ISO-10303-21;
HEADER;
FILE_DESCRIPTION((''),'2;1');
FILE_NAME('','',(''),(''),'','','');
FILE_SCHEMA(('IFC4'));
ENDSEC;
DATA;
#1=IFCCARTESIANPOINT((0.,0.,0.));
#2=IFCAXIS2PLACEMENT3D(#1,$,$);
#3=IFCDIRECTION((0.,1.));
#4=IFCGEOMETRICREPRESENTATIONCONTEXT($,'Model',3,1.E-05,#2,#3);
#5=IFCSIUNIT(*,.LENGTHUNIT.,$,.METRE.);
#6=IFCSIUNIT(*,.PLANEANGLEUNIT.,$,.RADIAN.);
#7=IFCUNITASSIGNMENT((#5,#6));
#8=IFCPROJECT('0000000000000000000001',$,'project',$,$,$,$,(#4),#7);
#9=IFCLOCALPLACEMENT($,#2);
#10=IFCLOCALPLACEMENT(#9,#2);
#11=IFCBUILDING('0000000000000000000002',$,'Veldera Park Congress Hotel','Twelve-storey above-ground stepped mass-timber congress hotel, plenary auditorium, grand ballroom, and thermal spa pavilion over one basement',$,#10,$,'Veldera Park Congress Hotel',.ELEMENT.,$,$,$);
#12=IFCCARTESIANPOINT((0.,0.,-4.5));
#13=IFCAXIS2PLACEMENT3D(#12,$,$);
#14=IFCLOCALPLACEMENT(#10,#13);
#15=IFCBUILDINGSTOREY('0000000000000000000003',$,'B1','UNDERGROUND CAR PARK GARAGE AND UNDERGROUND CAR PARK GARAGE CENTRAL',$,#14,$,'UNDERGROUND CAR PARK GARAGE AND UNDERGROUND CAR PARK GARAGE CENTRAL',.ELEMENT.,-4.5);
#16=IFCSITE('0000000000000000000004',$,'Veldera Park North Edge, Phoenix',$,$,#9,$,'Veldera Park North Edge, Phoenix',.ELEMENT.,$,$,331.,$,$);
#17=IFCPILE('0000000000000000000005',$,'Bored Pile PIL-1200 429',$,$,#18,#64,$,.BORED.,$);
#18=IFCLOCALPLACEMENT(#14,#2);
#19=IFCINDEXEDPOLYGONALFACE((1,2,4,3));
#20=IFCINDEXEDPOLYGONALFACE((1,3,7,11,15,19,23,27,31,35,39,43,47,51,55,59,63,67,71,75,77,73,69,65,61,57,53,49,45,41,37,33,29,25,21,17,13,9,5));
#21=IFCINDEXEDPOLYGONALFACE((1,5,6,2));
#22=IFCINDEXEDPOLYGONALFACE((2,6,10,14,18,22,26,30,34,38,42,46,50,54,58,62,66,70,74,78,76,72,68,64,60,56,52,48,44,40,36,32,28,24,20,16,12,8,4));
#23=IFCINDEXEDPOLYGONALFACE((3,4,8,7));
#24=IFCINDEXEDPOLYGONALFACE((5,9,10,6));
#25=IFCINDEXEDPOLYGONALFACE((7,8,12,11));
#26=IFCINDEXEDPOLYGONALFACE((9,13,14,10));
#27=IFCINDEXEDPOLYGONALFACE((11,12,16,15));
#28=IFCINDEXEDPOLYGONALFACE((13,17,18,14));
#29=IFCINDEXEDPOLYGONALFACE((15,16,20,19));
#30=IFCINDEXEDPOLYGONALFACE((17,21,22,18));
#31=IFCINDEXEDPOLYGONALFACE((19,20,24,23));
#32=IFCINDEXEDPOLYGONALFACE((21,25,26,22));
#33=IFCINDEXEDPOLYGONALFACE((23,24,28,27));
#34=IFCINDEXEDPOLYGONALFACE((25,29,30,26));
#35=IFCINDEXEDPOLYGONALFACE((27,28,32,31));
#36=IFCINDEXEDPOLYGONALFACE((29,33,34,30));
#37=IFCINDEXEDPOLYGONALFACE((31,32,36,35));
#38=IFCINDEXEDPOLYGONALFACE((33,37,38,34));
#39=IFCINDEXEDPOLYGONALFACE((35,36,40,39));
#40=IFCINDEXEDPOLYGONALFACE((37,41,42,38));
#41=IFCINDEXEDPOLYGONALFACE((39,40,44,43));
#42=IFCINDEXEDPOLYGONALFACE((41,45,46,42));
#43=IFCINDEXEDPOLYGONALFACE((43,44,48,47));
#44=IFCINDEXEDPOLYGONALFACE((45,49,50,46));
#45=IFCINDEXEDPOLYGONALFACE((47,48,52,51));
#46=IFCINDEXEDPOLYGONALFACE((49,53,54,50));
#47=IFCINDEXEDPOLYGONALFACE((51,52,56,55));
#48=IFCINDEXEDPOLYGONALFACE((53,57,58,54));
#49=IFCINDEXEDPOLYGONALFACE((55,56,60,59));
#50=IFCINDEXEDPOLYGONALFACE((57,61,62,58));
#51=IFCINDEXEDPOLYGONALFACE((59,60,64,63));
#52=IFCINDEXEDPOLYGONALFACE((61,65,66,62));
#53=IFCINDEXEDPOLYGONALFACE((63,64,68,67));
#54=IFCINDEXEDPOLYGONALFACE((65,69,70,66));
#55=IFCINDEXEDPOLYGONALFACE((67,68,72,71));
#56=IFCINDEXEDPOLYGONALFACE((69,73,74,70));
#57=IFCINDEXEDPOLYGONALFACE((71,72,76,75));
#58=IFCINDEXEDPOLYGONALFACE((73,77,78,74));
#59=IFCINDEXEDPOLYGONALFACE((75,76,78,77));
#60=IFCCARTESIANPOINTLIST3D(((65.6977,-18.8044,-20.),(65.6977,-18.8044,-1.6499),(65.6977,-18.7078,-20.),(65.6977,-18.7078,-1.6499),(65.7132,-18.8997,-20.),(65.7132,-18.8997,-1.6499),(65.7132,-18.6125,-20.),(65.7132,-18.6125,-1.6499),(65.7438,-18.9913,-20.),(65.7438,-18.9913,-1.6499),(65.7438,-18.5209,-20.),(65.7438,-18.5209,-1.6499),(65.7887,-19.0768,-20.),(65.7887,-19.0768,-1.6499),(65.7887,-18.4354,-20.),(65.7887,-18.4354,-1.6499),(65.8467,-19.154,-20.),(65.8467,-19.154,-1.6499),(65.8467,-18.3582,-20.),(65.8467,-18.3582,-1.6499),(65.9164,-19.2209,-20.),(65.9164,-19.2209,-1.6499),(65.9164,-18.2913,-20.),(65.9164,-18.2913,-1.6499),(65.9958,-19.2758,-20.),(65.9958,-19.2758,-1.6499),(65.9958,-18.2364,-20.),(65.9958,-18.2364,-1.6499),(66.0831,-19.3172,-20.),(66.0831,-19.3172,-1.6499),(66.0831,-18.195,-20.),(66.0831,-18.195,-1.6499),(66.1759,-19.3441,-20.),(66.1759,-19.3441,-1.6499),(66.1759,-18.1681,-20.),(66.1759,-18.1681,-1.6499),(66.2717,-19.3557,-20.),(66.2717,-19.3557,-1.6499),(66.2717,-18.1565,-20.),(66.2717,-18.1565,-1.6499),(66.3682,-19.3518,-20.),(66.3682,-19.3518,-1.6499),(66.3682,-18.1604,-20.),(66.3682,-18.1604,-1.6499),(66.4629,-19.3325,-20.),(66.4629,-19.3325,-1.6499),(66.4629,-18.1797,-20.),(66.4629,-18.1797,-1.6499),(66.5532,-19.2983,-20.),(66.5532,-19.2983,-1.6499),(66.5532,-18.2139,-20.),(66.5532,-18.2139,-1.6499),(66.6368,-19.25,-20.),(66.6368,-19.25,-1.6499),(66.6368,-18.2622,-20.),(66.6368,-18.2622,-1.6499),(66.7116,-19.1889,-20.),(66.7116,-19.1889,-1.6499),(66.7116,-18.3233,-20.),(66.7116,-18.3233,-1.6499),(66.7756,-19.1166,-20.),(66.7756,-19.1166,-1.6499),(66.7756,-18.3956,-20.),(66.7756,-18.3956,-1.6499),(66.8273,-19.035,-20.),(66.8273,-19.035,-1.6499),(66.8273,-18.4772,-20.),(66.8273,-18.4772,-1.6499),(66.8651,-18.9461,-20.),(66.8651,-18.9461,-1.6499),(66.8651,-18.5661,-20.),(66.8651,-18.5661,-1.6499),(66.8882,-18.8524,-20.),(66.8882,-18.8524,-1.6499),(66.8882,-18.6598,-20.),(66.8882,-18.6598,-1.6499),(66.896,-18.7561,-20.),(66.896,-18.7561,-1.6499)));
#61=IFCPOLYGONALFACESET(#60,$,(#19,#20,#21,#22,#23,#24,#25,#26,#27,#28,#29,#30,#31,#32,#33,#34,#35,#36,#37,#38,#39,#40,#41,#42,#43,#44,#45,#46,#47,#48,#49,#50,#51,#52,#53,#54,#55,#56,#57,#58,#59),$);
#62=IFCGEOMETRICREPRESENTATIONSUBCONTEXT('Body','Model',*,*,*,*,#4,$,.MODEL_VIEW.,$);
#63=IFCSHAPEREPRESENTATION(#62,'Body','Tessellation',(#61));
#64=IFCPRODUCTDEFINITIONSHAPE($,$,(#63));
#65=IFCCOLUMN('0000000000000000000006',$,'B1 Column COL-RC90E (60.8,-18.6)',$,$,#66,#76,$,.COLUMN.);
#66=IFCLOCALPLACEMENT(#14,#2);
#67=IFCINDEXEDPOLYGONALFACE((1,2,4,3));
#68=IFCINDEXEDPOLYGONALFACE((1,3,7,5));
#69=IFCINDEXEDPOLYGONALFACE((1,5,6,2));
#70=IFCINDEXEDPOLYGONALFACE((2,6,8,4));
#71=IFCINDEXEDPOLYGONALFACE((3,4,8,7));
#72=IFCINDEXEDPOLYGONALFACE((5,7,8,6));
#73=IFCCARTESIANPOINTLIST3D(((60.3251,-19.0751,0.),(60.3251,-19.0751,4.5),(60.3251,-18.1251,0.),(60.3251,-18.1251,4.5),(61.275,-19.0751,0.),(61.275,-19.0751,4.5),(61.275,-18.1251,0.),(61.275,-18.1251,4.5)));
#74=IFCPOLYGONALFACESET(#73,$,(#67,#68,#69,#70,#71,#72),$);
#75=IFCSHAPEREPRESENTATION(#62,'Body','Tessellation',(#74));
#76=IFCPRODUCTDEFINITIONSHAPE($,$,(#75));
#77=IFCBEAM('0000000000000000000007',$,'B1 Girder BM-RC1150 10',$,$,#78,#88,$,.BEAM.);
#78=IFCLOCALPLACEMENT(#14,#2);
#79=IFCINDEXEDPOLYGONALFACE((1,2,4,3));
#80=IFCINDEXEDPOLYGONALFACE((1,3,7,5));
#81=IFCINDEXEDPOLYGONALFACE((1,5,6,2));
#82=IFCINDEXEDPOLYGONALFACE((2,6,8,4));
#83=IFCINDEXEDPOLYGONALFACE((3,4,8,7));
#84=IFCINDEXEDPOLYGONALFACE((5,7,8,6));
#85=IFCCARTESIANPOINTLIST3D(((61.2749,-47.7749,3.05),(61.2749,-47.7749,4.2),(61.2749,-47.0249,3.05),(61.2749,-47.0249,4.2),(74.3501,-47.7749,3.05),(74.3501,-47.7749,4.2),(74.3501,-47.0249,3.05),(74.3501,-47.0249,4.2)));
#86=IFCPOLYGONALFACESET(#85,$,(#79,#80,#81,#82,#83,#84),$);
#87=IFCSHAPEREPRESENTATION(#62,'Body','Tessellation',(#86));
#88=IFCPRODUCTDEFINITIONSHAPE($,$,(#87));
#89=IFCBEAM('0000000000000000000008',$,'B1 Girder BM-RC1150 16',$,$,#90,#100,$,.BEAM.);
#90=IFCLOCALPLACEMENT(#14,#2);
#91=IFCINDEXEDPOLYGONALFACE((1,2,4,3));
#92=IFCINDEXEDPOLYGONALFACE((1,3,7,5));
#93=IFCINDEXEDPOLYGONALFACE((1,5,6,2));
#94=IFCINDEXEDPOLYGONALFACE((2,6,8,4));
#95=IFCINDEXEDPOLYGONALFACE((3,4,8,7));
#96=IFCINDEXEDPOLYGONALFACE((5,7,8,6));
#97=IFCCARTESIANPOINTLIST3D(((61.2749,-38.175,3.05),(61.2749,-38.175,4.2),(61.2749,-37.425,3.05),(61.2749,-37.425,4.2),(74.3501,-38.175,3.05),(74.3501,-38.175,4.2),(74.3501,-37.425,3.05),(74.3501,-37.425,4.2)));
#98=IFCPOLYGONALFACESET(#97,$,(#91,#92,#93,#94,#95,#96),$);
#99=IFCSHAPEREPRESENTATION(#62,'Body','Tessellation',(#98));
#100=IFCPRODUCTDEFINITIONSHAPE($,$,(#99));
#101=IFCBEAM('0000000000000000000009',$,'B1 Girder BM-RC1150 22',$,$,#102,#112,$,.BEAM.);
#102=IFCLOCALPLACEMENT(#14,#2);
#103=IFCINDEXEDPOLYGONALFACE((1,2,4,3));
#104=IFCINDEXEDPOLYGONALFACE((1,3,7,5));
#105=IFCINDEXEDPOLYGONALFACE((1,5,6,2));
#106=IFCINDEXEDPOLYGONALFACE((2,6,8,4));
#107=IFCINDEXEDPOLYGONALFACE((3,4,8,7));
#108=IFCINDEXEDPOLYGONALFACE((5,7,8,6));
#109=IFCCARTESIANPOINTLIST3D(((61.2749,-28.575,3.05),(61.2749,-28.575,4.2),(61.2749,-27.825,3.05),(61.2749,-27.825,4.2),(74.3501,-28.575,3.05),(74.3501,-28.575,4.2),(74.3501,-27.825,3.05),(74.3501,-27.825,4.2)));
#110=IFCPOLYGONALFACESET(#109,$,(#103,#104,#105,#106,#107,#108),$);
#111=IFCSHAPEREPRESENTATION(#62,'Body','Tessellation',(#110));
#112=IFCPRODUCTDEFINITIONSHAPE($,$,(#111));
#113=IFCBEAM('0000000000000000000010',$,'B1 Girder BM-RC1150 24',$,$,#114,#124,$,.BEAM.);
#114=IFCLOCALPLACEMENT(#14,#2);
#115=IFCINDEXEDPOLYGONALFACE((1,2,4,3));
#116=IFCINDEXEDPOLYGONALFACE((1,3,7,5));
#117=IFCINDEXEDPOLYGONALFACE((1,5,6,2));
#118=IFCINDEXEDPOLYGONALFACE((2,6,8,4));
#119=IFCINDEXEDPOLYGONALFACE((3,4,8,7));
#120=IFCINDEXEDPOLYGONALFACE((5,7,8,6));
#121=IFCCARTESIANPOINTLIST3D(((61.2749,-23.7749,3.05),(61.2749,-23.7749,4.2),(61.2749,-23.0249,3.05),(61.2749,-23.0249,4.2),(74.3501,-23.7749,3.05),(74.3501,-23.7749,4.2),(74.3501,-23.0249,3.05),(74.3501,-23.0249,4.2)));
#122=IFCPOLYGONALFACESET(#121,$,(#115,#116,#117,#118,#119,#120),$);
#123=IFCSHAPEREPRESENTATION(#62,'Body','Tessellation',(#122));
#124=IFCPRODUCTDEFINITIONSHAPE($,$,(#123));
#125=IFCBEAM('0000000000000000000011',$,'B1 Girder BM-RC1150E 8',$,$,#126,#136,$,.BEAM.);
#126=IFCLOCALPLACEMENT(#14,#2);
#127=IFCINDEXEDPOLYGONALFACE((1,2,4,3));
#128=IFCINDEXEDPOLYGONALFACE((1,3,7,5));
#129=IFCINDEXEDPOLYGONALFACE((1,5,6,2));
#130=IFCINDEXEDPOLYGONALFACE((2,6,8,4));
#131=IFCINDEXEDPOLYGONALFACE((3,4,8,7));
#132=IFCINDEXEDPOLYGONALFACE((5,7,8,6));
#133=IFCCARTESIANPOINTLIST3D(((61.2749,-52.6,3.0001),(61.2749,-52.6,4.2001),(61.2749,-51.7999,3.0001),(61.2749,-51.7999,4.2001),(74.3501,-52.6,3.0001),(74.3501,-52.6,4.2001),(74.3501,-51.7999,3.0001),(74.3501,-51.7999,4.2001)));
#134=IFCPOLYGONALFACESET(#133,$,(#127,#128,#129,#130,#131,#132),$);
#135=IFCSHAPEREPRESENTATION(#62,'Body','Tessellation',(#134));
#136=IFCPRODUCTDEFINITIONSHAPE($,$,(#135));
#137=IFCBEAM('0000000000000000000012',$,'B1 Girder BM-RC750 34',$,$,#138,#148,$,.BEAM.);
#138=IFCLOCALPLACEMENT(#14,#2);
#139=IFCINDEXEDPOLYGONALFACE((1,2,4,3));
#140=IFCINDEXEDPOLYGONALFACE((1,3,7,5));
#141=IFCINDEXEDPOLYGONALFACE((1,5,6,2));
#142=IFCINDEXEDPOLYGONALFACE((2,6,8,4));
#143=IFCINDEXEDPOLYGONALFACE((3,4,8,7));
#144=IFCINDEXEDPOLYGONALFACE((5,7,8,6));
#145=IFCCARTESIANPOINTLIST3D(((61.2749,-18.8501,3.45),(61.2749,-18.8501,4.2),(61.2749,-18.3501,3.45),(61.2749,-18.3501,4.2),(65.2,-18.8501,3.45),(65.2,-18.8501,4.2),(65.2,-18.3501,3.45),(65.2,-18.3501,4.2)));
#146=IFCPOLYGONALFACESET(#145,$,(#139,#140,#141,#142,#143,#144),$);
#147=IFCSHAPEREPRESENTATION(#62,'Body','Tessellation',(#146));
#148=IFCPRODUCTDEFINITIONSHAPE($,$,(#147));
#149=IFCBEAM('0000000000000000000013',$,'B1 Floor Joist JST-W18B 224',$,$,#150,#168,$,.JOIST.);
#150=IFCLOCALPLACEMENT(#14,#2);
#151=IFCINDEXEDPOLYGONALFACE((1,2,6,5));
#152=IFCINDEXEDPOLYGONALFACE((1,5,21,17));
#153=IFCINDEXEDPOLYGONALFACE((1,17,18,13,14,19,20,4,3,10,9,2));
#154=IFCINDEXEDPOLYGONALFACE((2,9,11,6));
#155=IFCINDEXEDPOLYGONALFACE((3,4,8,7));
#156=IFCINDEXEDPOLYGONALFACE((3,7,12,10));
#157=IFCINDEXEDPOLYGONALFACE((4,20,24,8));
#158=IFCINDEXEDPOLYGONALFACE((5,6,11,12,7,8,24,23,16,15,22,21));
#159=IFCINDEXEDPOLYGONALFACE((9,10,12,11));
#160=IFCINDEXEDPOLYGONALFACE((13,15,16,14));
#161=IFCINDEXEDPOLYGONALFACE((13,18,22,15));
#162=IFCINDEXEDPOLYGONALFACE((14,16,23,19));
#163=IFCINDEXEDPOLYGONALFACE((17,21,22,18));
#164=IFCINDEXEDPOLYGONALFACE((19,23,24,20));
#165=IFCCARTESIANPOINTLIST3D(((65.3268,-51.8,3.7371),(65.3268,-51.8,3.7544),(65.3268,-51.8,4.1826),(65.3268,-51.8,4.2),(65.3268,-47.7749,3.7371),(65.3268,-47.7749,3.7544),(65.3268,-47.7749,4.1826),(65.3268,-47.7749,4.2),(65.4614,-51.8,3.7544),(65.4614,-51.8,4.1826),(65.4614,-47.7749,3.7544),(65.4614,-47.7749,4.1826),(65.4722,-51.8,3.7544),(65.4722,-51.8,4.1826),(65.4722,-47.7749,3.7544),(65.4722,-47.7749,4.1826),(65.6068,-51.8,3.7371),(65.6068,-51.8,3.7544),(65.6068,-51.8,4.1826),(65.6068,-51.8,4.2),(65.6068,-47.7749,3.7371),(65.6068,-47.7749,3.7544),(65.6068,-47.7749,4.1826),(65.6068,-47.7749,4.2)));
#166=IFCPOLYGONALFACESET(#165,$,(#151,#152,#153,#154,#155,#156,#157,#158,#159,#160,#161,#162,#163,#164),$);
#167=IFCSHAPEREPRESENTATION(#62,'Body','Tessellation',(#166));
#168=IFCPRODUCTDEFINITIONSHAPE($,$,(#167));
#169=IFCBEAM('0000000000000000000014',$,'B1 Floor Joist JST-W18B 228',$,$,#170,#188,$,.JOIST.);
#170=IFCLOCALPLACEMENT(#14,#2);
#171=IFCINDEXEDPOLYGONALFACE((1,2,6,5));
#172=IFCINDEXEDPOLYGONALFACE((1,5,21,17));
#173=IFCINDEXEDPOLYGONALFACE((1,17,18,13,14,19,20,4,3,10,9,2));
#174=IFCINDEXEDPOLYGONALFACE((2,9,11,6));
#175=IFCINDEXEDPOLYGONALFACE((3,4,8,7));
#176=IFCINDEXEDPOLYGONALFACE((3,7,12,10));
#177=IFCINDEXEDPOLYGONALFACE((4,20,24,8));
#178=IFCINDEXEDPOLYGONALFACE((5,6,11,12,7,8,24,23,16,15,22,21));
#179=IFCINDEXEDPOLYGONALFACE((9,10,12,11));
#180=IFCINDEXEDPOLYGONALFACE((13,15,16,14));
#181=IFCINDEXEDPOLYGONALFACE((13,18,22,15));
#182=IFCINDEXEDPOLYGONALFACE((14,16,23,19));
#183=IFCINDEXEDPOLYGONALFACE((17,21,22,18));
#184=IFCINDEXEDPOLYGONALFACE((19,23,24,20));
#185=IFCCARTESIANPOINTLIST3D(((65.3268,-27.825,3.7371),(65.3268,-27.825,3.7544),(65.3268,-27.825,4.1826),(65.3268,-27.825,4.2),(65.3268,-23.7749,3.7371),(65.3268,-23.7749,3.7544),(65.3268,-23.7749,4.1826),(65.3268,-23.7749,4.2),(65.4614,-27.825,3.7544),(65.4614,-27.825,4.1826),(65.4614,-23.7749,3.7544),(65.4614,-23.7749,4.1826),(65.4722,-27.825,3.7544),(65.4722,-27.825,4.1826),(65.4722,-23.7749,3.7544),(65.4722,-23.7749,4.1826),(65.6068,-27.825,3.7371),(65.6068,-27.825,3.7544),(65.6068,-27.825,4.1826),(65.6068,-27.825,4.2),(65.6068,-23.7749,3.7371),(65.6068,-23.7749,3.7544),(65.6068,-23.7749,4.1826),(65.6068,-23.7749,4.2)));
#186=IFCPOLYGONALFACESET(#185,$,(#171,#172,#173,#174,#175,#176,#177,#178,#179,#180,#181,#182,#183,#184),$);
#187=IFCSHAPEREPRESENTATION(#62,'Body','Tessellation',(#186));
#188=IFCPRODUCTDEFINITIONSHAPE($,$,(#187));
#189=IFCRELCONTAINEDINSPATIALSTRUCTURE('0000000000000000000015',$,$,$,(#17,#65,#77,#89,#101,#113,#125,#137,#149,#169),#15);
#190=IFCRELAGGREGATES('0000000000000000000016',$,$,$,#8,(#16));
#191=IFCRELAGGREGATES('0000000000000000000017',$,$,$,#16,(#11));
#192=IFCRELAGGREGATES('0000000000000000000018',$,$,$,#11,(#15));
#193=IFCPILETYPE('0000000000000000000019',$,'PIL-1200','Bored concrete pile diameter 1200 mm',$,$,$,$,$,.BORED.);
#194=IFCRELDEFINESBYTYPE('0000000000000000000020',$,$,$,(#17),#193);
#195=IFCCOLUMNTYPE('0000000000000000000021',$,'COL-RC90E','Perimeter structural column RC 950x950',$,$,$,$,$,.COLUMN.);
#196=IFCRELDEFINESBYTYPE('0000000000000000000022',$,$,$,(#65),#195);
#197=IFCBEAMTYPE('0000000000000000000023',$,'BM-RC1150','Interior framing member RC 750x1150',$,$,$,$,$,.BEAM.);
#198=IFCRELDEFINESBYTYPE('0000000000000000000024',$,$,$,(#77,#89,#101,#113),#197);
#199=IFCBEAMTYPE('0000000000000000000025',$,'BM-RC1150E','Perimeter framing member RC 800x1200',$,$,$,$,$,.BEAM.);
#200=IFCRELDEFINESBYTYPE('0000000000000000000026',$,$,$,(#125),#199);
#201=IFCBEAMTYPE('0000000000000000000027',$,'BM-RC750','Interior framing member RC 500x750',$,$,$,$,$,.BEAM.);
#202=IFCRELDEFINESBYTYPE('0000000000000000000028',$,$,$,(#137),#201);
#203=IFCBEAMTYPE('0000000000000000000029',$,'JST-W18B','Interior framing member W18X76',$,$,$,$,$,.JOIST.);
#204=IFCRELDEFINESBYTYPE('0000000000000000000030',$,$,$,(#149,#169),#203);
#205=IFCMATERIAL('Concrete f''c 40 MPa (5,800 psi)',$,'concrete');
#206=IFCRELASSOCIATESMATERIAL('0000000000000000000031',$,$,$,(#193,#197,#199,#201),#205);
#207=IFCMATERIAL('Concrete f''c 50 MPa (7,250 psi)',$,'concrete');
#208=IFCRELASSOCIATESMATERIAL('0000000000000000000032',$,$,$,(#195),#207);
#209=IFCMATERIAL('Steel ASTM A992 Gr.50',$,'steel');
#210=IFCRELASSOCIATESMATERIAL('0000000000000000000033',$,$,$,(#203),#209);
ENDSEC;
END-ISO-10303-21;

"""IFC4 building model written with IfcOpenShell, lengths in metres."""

from ifc_helpers import new_model, si_unit, direction, frame, origin, origin_2d, place, context, subcontext, project, spatial, rectangle, circle, i_section, extrude, material, material_profile, profile_set, type_object, element, save


model = new_model("IFC4")

# Units and contexts
model_context = context("Model", 3, precision=1e-05, world=origin(), true_north=direction((0.0, 1.0)))
body_context = subcontext(model_context, "Body", "Model", "MODEL_VIEW")
ifc_project = project(units=[si_unit("LENGTHUNIT", "METRE"), si_unit("PLANEANGLEUNIT", "RADIAN")], contexts=[model_context])

# Site, building, storey
site_placement = place(None, origin())
site = spatial("IfcSite", under=ifc_project, at=site_placement, Name="Veldera Park North Edge, Phoenix", LongName="Veldera Park North Edge, Phoenix", CompositionType="ELEMENT", RefElevation=331.0)
building_placement = place(site_placement, origin())
building = spatial("IfcBuilding", under=site, at=building_placement, Name="Veldera Park Congress Hotel", Description="Twelve-storey above-ground stepped mass-timber congress hotel, plenary auditorium, grand ballroom, and thermal spa pavilion over one basement", LongName="Veldera Park Congress Hotel", CompositionType="ELEMENT")
storey_placement = place(building_placement, frame((0.0, 0.0, -4.5)))
storey = spatial("IfcBuildingStorey", under=building, at=storey_placement, Name="B1", Description="UNDERGROUND CAR PARK GARAGE AND UNDERGROUND CAR PARK GARAGE CENTRAL", LongName="UNDERGROUND CAR PARK GARAGE AND UNDERGROUND CAR PARK GARAGE CENTRAL", CompositionType="ELEMENT", Elevation=-4.5)

# Shared definitions
ifc_material_1 = material(Name="Concrete f'c 40 MPa (5,800 psi)", Category="concrete")

# Pile
ifc_material_profile_1 = material_profile(ifc_material_1, circle(Radius=0.6001, at=origin_2d()), Name="PILE D1200")
ifc_profile_set_1 = profile_set([ifc_material_profile_1], Name="Concrete f'c 40 MPa (5,800 psi)")
pile_type_1 = type_object("IfcPileType", Name="PIL-1200", Description="Bored concrete pile diameter 1200 mm", PredefinedType="BORED", material=ifc_profile_set_1)
for number, where, z_axis, x_axis, name in (
    (1, (66.2959, -18.7561, -1.6499), (0.0, 0.0, -1.0), (1.0, 0.0, 0.0), "Bored Pile PIL-1200 429"),
):
    element("IfcPile", number, at=place(storey_placement, frame(where, z_axis=z_axis, x_axis=x_axis)), inside=storey, type_object=pile_type_1, Name=name, PredefinedType="BORED", context=body_context, shape_type="SweptSolid", body=[
        extrude(circle(Radius=0.6001, at=origin_2d()), origin(), (0.0, 0.0, 1.0), 18.3501),
    ])

# Column
ifc_material_2 = material(Name="Concrete f'c 50 MPa (7,250 psi)", Category="concrete")
ifc_material_profile_2 = material_profile(ifc_material_2, rectangle(XDim=0.95, YDim=0.95, at=origin_2d()), Name="RC 950x950")
ifc_profile_set_2 = profile_set([ifc_material_profile_2], Name="Concrete f'c 50 MPa (7,250 psi)")
column_type = type_object("IfcColumnType", Name="COL-RC90E", Description="Perimeter structural column RC 950x950", PredefinedType="COLUMN", material=ifc_profile_set_2)
column_placement = place(storey_placement, frame((60.8, -18.6001, 0.0), z_axis=(0.0, 0.0, 1.0), x_axis=(1.0, 0.0, 0.0)))
element("IfcColumn", 2, at=column_placement, inside=storey, type_object=column_type, Name="B1 Column COL-RC90E (60.8,-18.6)", PredefinedType="COLUMN", context=body_context, shape_type="SweptSolid", body=[
    extrude(rectangle(XDim=0.95, YDim=0.95, at=origin_2d()), origin(), (0.0, 0.0, 1.0), 4.5),
])

# Beams
ifc_material_profile_3 = material_profile(ifc_material_1, rectangle(XDim=0.75, YDim=1.1499, at=origin_2d()), Name="RC 750x1150")
ifc_profile_set_3 = profile_set([ifc_material_profile_3], Name="Concrete f'c 40 MPa (5,800 psi)")
beam_type_1 = type_object("IfcBeamType", Name="BM-RC1150", Description="Interior framing member RC 750x1150", PredefinedType="BEAM", material=ifc_profile_set_3)
for number, where, z_axis, x_axis, name in (
    (3, (61.2749, -47.3999, 3.625), (1.0, 0.0, 0.0), (0.0, 1.0, 0.0), "B1 Girder BM-RC1150 10"),
    (4, (61.2749, -37.8, 3.625), (1.0, 0.0, 0.0), (0.0, 1.0, 0.0), "B1 Girder BM-RC1150 16"),
    (5, (61.2749, -28.2, 3.625), (1.0, 0.0, 0.0), (0.0, 1.0, 0.0), "B1 Girder BM-RC1150 22"),
    (6, (61.2749, -23.3999, 3.625), (1.0, 0.0, 0.0), (0.0, 1.0, 0.0), "B1 Girder BM-RC1150 24"),
):
    element("IfcBeam", number, at=place(storey_placement, frame(where, z_axis=z_axis, x_axis=x_axis)), inside=storey, type_object=beam_type_1, Name=name, PredefinedType="BEAM", context=body_context, shape_type="SweptSolid", body=[
        extrude(rectangle(XDim=0.75, YDim=1.1499, at=origin_2d()), origin(), (0.0, 0.0, 1.0), 13.0752),
    ])
ifc_material_profile_4 = material_profile(ifc_material_1, rectangle(XDim=0.8, YDim=1.2, at=origin_2d()), Name="RC 800x1200")
ifc_profile_set_4 = profile_set([ifc_material_profile_4], Name="Concrete f'c 40 MPa (5,800 psi)")
beam_type_2 = type_object("IfcBeamType", Name="BM-RC1150E", Description="Perimeter framing member RC 800x1200", PredefinedType="BEAM", material=ifc_profile_set_4)
beam_1_placement = place(storey_placement, frame((61.2749, -52.2, 3.6001), z_axis=(1.0, 0.0, 0.0), x_axis=(0.0, 1.0, 0.0)))
element("IfcBeam", 7, at=beam_1_placement, inside=storey, type_object=beam_type_2, Name="B1 Girder BM-RC1150E 8", PredefinedType="BEAM", context=body_context, shape_type="SweptSolid", body=[
    extrude(rectangle(XDim=0.8, YDim=1.2, at=origin_2d()), origin(), (0.0, 0.0, 1.0), 13.0752),
])
ifc_material_profile_5 = material_profile(ifc_material_1, rectangle(XDim=0.5, YDim=0.75, at=origin_2d()), Name="RC 500x750")
ifc_profile_set_5 = profile_set([ifc_material_profile_5], Name="Concrete f'c 40 MPa (5,800 psi)")
beam_type_3 = type_object("IfcBeamType", Name="BM-RC750", Description="Interior framing member RC 500x750", PredefinedType="BEAM", material=ifc_profile_set_5)
beam_2_placement = place(storey_placement, frame((61.2749, -18.6001, 3.825), z_axis=(1.0, 0.0, 0.0), x_axis=(0.0, 1.0, 0.0)))
element("IfcBeam", 8, at=beam_2_placement, inside=storey, type_object=beam_type_3, Name="B1 Girder BM-RC750 34", PredefinedType="BEAM", context=body_context, shape_type="SweptSolid", body=[
    extrude(rectangle(XDim=0.5, YDim=0.75, at=origin_2d()), origin(), (0.0, 0.0, 1.0), 3.925),
])
ifc_material_3 = material(Name="Steel ASTM A992 Gr.50", Category="steel")
ifc_material_profile_6 = material_profile(ifc_material_3, i_section(OverallWidth=0.28, OverallDepth=0.4629, WebThickness=0.0107, FlangeThickness=0.0173, at=origin_2d()), Name="W18X76")
ifc_profile_set_6 = profile_set([ifc_material_profile_6], Name="Steel ASTM A992 Gr.50")
beam_type_4 = type_object("IfcBeamType", Name="JST-W18B", Description="Interior framing member W18X76", PredefinedType="JOIST", material=ifc_profile_set_6)
beam_3_placement = place(storey_placement, frame((65.4668, -51.8, 3.9685), z_axis=(0.0, 1.0, 0.0), x_axis=(-1.0, 0.0, 0.0)))
element("IfcBeam", 9, at=beam_3_placement, inside=storey, type_object=beam_type_4, Name="B1 Floor Joist JST-W18B 224", PredefinedType="JOIST", context=body_context, shape_type="SweptSolid", body=[
    extrude(i_section(OverallWidth=0.28, OverallDepth=0.4629, WebThickness=0.0107, FlangeThickness=0.0173, at=origin_2d()), origin(), (0.0, 0.0, 1.0), 4.0251),
])
beam_4_placement = place(storey_placement, frame((65.4668, -27.825, 3.9685), z_axis=(0.0, 1.0, 0.0), x_axis=(-1.0, 0.0, 0.0)))
element("IfcBeam", 10, at=beam_4_placement, inside=storey, type_object=beam_type_4, Name="B1 Floor Joist JST-W18B 228", PredefinedType="JOIST", context=body_context, shape_type="SweptSolid", body=[
    extrude(i_section(OverallWidth=0.28, OverallDepth=0.4629, WebThickness=0.0107, FlangeThickness=0.0173, at=origin_2d()), origin(), (0.0, 0.0, 1.0), 4.05),
])

save(model, "model.ifc")
